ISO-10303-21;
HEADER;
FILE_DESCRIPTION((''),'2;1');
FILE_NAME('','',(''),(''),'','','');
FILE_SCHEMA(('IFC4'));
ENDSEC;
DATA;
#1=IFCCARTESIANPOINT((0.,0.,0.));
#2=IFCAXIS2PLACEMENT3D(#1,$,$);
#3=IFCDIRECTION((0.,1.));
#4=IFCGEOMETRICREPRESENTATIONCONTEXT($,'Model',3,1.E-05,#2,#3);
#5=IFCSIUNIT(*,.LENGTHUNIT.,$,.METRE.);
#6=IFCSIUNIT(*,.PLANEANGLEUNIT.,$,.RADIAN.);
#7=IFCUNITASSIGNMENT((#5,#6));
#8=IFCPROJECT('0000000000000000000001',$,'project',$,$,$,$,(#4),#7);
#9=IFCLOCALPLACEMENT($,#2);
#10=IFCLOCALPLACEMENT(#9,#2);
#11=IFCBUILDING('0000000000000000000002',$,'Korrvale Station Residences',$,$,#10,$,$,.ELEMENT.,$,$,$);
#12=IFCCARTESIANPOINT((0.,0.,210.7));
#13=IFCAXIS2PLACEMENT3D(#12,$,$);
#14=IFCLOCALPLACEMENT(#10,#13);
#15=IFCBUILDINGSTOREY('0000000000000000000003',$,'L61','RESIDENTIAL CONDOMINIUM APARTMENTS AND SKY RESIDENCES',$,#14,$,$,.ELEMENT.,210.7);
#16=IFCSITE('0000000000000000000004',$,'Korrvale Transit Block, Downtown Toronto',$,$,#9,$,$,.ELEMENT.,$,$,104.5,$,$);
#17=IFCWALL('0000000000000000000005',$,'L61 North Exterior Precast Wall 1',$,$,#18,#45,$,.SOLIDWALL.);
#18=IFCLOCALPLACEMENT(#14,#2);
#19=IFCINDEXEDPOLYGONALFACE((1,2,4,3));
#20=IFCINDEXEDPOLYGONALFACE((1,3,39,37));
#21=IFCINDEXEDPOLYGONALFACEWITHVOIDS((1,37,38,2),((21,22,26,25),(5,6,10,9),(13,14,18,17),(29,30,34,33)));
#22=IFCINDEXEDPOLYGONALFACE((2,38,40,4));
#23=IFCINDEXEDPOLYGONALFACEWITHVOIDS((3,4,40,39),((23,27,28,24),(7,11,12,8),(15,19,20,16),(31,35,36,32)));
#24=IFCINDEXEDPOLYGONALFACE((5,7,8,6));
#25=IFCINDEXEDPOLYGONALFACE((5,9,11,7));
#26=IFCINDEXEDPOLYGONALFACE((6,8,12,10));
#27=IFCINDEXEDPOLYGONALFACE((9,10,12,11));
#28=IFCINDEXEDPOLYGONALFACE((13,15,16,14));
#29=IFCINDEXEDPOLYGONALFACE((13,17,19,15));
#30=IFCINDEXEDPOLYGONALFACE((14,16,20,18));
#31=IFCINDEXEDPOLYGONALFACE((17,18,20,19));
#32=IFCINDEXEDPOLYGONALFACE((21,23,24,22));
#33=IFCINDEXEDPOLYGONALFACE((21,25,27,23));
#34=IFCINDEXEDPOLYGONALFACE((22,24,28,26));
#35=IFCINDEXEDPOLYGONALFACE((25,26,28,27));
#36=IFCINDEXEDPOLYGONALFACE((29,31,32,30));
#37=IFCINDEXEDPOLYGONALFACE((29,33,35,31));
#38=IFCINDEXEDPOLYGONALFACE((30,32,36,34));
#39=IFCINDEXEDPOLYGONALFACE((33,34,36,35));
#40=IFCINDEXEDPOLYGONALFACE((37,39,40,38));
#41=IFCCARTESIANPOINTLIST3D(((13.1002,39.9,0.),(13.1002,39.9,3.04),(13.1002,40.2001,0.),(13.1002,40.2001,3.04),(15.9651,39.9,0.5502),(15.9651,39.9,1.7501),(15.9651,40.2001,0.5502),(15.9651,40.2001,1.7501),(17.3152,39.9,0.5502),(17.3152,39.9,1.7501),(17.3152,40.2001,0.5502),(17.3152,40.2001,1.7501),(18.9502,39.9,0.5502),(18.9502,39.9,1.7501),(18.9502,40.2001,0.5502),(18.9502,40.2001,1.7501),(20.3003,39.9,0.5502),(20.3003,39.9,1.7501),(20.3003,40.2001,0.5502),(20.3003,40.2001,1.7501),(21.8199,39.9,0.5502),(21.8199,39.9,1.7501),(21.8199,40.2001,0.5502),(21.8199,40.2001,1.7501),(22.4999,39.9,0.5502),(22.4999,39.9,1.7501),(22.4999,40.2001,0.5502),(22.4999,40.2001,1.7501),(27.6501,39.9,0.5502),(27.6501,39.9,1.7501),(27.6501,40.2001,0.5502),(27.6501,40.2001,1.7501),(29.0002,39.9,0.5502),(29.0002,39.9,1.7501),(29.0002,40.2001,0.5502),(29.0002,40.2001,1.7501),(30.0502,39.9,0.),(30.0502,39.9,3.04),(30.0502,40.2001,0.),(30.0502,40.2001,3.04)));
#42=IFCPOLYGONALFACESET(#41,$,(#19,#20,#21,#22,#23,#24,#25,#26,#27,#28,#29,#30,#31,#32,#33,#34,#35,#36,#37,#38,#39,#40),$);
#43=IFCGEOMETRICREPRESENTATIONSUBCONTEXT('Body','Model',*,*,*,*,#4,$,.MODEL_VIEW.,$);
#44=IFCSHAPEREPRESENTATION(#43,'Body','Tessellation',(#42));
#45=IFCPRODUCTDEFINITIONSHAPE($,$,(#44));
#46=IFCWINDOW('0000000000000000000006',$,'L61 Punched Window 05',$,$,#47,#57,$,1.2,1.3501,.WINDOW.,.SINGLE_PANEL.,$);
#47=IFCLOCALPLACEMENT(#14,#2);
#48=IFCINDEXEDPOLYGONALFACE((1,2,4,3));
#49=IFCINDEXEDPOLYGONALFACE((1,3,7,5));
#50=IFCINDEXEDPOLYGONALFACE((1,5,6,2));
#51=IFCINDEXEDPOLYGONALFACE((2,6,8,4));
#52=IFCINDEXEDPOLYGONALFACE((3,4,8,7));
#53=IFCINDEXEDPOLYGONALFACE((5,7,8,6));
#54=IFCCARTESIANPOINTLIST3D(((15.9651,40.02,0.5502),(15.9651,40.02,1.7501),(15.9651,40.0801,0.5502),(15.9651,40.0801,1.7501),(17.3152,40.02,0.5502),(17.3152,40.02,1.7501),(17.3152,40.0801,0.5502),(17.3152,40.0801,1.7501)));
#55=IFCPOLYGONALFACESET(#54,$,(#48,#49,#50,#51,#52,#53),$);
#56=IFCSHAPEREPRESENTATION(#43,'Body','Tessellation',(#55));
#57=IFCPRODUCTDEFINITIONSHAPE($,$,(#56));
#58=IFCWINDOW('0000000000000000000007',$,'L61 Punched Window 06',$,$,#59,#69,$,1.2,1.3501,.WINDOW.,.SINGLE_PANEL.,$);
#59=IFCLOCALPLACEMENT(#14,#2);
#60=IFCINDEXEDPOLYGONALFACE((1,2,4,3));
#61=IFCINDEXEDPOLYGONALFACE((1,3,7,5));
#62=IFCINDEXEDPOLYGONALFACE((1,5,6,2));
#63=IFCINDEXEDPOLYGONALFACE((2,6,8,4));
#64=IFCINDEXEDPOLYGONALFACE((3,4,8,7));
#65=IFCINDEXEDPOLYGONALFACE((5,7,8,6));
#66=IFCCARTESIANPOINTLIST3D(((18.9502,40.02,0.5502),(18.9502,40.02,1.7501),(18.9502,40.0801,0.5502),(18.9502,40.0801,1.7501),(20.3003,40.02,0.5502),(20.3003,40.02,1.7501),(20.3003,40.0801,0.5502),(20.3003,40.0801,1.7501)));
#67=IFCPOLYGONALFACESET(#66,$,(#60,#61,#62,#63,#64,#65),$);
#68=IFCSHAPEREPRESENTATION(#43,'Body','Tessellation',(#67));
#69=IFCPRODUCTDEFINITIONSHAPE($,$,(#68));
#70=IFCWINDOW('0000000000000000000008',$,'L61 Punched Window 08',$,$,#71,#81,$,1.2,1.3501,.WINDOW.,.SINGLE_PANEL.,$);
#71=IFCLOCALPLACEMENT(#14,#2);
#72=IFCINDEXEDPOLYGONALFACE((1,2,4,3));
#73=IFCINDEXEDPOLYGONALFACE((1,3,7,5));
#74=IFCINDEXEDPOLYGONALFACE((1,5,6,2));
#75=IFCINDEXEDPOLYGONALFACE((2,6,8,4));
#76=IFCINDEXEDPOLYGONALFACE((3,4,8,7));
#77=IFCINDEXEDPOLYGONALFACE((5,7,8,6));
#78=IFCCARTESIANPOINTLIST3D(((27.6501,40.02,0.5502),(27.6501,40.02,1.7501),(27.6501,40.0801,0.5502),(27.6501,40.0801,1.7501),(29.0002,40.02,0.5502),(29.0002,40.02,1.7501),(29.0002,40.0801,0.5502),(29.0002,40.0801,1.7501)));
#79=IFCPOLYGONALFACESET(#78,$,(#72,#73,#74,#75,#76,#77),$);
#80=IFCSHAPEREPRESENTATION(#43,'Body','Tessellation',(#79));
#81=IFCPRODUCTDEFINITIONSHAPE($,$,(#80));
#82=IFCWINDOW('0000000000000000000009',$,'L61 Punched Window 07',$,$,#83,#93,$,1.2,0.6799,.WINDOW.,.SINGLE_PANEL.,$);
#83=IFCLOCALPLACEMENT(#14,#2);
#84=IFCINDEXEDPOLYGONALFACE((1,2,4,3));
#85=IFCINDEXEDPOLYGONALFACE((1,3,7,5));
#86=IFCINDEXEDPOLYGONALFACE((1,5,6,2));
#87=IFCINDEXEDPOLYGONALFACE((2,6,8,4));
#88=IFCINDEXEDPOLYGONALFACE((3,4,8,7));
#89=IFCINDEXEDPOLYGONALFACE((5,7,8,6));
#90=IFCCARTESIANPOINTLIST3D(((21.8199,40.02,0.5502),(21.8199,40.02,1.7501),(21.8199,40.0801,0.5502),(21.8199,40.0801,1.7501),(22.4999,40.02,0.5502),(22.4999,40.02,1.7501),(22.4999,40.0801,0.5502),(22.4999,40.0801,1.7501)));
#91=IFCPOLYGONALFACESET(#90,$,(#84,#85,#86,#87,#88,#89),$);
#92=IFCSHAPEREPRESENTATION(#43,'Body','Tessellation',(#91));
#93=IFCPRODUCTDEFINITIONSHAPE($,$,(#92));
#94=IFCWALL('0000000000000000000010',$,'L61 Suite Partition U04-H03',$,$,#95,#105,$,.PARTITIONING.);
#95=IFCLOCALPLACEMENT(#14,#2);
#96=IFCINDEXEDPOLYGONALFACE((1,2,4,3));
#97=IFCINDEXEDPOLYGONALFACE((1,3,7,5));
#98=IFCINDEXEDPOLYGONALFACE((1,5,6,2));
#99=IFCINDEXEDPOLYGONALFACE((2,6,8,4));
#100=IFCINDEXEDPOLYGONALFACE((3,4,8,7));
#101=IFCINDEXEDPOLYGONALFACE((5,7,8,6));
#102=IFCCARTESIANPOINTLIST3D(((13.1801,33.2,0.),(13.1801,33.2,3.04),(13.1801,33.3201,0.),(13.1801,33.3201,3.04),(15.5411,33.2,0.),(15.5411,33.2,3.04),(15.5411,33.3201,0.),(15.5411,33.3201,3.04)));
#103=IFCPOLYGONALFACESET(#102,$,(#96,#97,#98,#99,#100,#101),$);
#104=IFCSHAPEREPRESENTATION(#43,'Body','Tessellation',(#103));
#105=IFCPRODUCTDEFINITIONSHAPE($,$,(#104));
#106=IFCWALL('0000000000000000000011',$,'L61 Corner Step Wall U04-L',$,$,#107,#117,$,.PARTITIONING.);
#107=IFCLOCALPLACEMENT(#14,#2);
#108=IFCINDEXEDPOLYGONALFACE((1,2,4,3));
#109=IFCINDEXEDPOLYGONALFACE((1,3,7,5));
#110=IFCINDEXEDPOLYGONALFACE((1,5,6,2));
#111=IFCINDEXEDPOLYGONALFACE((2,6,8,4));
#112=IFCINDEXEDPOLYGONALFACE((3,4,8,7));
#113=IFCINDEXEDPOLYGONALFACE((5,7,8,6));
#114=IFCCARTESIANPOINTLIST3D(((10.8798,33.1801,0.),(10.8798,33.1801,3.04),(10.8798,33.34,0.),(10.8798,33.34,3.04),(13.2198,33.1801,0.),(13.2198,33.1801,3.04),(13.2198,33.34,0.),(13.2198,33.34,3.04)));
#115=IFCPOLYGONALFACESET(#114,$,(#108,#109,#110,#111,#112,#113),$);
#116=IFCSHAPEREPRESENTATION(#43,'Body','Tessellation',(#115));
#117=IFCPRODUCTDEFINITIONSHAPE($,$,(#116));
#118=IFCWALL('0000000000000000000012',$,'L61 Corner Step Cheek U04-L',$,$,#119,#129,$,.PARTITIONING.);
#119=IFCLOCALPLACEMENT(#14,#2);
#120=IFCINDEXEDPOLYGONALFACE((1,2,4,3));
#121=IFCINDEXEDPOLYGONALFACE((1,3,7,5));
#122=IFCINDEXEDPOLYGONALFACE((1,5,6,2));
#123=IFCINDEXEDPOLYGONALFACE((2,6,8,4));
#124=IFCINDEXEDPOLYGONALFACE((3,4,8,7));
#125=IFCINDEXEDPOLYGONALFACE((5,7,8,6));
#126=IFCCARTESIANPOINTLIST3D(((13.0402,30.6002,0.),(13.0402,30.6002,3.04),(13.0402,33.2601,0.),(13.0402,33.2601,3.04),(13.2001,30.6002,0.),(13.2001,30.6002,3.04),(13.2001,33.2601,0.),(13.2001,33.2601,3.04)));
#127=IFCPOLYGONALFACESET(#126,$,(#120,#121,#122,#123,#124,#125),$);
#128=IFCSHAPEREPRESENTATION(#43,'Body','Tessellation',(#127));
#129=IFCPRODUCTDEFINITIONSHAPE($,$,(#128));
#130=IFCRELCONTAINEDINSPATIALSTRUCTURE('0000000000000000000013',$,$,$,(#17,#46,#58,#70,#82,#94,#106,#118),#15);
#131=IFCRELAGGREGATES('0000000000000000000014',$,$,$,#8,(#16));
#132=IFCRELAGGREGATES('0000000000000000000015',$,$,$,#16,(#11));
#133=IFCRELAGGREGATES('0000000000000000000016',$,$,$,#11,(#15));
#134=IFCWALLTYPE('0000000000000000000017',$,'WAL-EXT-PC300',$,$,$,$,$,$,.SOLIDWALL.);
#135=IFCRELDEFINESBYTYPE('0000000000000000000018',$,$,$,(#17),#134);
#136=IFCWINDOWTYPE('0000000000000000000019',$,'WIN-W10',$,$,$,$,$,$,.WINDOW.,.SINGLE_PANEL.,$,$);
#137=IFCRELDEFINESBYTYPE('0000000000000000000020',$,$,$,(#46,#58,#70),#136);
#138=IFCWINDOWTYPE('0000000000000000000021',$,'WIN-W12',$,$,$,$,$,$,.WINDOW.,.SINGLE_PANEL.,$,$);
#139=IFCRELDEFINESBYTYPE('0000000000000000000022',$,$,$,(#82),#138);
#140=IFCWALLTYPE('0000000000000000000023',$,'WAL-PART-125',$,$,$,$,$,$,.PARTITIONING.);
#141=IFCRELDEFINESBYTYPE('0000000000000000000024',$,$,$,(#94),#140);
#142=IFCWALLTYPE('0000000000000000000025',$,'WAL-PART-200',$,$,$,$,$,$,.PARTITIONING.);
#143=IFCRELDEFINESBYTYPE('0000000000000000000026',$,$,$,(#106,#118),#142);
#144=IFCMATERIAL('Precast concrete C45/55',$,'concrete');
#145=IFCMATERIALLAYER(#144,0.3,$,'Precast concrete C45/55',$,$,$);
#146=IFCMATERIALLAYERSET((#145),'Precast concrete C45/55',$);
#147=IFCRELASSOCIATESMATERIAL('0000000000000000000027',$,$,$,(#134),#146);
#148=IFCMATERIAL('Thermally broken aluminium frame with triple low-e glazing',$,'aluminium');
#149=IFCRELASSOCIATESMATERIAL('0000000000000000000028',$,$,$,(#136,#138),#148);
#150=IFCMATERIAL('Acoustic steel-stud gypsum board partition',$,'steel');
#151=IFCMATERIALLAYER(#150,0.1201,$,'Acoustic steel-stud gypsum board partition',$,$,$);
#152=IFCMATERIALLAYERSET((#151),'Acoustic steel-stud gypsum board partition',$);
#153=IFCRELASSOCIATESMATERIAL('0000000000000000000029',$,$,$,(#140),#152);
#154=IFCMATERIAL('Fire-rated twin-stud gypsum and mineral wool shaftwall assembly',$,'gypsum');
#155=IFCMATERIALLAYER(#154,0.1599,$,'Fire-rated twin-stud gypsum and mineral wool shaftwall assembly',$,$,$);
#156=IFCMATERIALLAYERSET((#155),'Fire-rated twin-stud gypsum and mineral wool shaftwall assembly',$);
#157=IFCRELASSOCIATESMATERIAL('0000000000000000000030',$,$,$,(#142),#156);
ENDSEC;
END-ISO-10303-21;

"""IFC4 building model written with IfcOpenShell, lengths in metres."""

from ifc_helpers import new_model, si_unit, direction, frame, frame_2d, origin, place, context, subcontext, project, spatial, rectangle, extrude, material, layer, layer_set, type_object, element, fill, save


model = new_model("IFC4")

# Units and contexts
model_context = context("Model", 3, precision=1e-05, world=origin(), true_north=direction((0.0, 1.0)))
body_context = subcontext(model_context, "Body", "Model", "MODEL_VIEW")
ifc_project = project(units=[si_unit("LENGTHUNIT", "METRE"), si_unit("PLANEANGLEUNIT", "RADIAN")], contexts=[model_context])

# Site, building, storey
site_placement = place(None, origin())
site = spatial("IfcSite", under=ifc_project, at=site_placement, Name="Korrvale Transit Block, Downtown Toronto", CompositionType="ELEMENT", RefElevation=104.5)
building_placement = place(site_placement, origin())
building = spatial("IfcBuilding", under=site, at=building_placement, Name="Korrvale Station Residences", CompositionType="ELEMENT")
storey_placement = place(building_placement, frame((0.0, 0.0, 210.7)))
storey = spatial("IfcBuildingStorey", under=building, at=storey_placement, Name="L61", Description="RESIDENTIAL CONDOMINIUM APARTMENTS AND SKY RESIDENCES", CompositionType="ELEMENT", Elevation=210.7)

# Shared definitions
ifc_material_1 = material(Name="Precast concrete C45/55", Category="concrete")

# Wall, openings, windows
ifc_layer_1 = layer(ifc_material_1, 0.3, Name="Precast concrete C45/55")
ifc_layer_set_1 = layer_set([ifc_layer_1], Name="Precast concrete C45/55")
wall_type_1 = type_object("IfcWallType", Name="WAL-EXT-PC300", PredefinedType="SOLIDWALL", material=ifc_layer_set_1)
wall_1_placement = place(storey_placement, frame((13.1001, 40.05, 0.0), z_axis=(0.0, 0.0, 1.0), x_axis=(1.0, 0.0, 0.0)))
wall_1 = element("IfcWall", 1, at=wall_1_placement, inside=storey, type_object=wall_type_1, Name="L61 North Exterior Precast Wall 1", PredefinedType="SOLIDWALL", context=body_context, shape_type="SweptSolid", body=[
    extrude(rectangle(XDim=16.95, YDim=0.3, at=frame_2d((8.4751, 0.0))), origin(), (0.0, 0.0, 1.0), 3.04),
])
opening_1_placement = place(wall_1_placement, frame((2.865, 0.0, 0.55)))
opening_1 = element("IfcOpeningElement", 2, at=opening_1_placement, cuts=wall_1, PredefinedType="OPENING", context=body_context, shape_type="SweptSolid", body=[
    extrude(rectangle(XDim=1.3501, YDim=1.2, at=frame_2d((0.675, 0.6001))), frame((0.0, 0.1602, 0.0), z_axis=(0.0, -1.0, 0.0), x_axis=(1.0, 0.0, 0.0)), (0.0, 0.0, 1.0), 0.3201),
])
opening_2_placement = place(wall_1_placement, frame((5.8501, 0.0, 0.55)))
opening_2 = element("IfcOpeningElement", 3, at=opening_2_placement, cuts=wall_1, PredefinedType="OPENING", context=body_context, shape_type="SweptSolid", body=[
    extrude(rectangle(XDim=1.3501, YDim=1.2, at=frame_2d((0.675, 0.6001))), frame((0.0, 0.1602, 0.0), z_axis=(0.0, -1.0, 0.0), x_axis=(1.0, 0.0, 0.0)), (0.0, 0.0, 1.0), 0.3201),
])
opening_3_placement = place(wall_1_placement, frame((8.72, 0.0, 0.55)))
opening_3 = element("IfcOpeningElement", 4, at=opening_3_placement, cuts=wall_1, PredefinedType="OPENING", context=body_context, shape_type="SweptSolid", body=[
    extrude(rectangle(XDim=0.6799, YDim=1.2, at=frame_2d((0.3398, 0.6001))), frame((0.0, 0.1602, 0.0), z_axis=(0.0, -1.0, 0.0), x_axis=(1.0, 0.0, 0.0)), (0.0, 0.0, 1.0), 0.3201),
])
opening_4_placement = place(wall_1_placement, frame((14.55, 0.0, 0.55)))
opening_4 = element("IfcOpeningElement", 5, at=opening_4_placement, cuts=wall_1, PredefinedType="OPENING", context=body_context, shape_type="SweptSolid", body=[
    extrude(rectangle(XDim=1.3501, YDim=1.2, at=frame_2d((0.675, 0.6001))), frame((0.0, 0.1602, 0.0), z_axis=(0.0, -1.0, 0.0), x_axis=(1.0, 0.0, 0.0)), (0.0, 0.0, 1.0), 0.3201),
])
ifc_material_2 = material(Name="Thermally broken aluminium frame with triple low-e glazing", Category="aluminium")
window_type_1 = type_object("IfcWindowType", Name="WIN-W10", PartitioningType="SINGLE_PANEL", PredefinedType="WINDOW", material=ifc_material_2)
window_1_placement = place(opening_1_placement, origin())
window_1 = element("IfcWindow", 6, at=window_1_placement, inside=storey, type_object=window_type_1, Name="L61 Punched Window 05", OverallHeight=1.2, OverallWidth=1.3501, PartitioningType="SINGLE_PANEL", PredefinedType="WINDOW", context=body_context, shape_type="SweptSolid", body=[
    extrude(rectangle(XDim=1.3501, YDim=1.2, at=frame_2d((0.675, 0.6001))), frame((0.0, 0.03, 0.0), z_axis=(0.0, -1.0, 0.0), x_axis=(1.0, 0.0, 0.0)), (0.0, 0.0, 1.0), 0.0601),
])
fill(opening_1, window_1)
window_2_placement = place(opening_2_placement, origin())
window_2 = element("IfcWindow", 7, at=window_2_placement, inside=storey, type_object=window_type_1, Name="L61 Punched Window 06", OverallHeight=1.2, OverallWidth=1.3501, PartitioningType="SINGLE_PANEL", PredefinedType="WINDOW", context=body_context, shape_type="SweptSolid", body=[
    extrude(rectangle(XDim=1.3501, YDim=1.2, at=frame_2d((0.675, 0.6001))), frame((0.0, 0.03, 0.0), z_axis=(0.0, -1.0, 0.0), x_axis=(1.0, 0.0, 0.0)), (0.0, 0.0, 1.0), 0.0601),
])
fill(opening_2, window_2)
window_3_placement = place(opening_4_placement, origin())
window_3 = element("IfcWindow", 8, at=window_3_placement, inside=storey, type_object=window_type_1, Name="L61 Punched Window 08", OverallHeight=1.2, OverallWidth=1.3501, PartitioningType="SINGLE_PANEL", PredefinedType="WINDOW", context=body_context, shape_type="SweptSolid", body=[
    extrude(rectangle(XDim=1.3501, YDim=1.2, at=frame_2d((0.675, 0.6001))), frame((0.0, 0.03, 0.0), z_axis=(0.0, -1.0, 0.0), x_axis=(1.0, 0.0, 0.0)), (0.0, 0.0, 1.0), 0.0601),
])
fill(opening_4, window_3)
window_type_2 = type_object("IfcWindowType", Name="WIN-W12", PartitioningType="SINGLE_PANEL", PredefinedType="WINDOW", material=ifc_material_2)
window_4_placement = place(opening_3_placement, origin())
window_4 = element("IfcWindow", 9, at=window_4_placement, inside=storey, type_object=window_type_2, Name="L61 Punched Window 07", OverallHeight=1.2, OverallWidth=0.6799, PartitioningType="SINGLE_PANEL", PredefinedType="WINDOW", context=body_context, shape_type="SweptSolid", body=[
    extrude(rectangle(XDim=0.6799, YDim=1.2, at=frame_2d((0.3398, 0.6001))), frame((0.0, 0.03, 0.0), z_axis=(0.0, -1.0, 0.0), x_axis=(1.0, 0.0, 0.0)), (0.0, 0.0, 1.0), 0.0601),
])
fill(opening_3, window_4)

# Walls
ifc_material_3 = material(Name="Acoustic steel-stud gypsum board partition", Category="steel")
ifc_layer_2 = layer(ifc_material_3, 0.1201, Name="Acoustic steel-stud gypsum board partition")
ifc_layer_set_2 = layer_set([ifc_layer_2], Name="Acoustic steel-stud gypsum board partition")
wall_type_2 = type_object("IfcWallType", Name="WAL-PART-125", PredefinedType="PARTITIONING", material=ifc_layer_set_2)
wall_2_placement = place(storey_placement, frame((13.1799, 33.26, 0.0), z_axis=(0.0, 0.0, 1.0), x_axis=(1.0, 0.0, 0.0)))
element("IfcWall", 10, at=wall_2_placement, inside=storey, type_object=wall_type_2, Name="L61 Suite Partition U04-H03", PredefinedType="PARTITIONING", context=body_context, shape_type="SweptSolid", body=[
    extrude(rectangle(XDim=2.3611, YDim=0.1201, at=frame_2d((1.1807, 0.0))), origin(), (0.0, 0.0, 1.0), 3.04),
])
ifc_material_4 = material(Name="Fire-rated twin-stud gypsum and mineral wool shaftwall assembly", Category="gypsum")
ifc_layer_3 = layer(ifc_material_4, 0.1599, Name="Fire-rated twin-stud gypsum and mineral wool shaftwall assembly")
ifc_layer_set_3 = layer_set([ifc_layer_3], Name="Fire-rated twin-stud gypsum and mineral wool shaftwall assembly")
wall_type_3 = type_object("IfcWallType", Name="WAL-PART-200", PredefinedType="PARTITIONING", material=ifc_layer_set_3)
wall_3_placement = place(storey_placement, frame((10.8799, 33.26, 0.0), z_axis=(0.0, 0.0, 1.0), x_axis=(1.0, 0.0, 0.0)))
element("IfcWall", 11, at=wall_3_placement, inside=storey, type_object=wall_type_3, Name="L61 Corner Step Wall U04-L", PredefinedType="PARTITIONING", context=body_context, shape_type="SweptSolid", body=[
    extrude(rectangle(XDim=2.3401, YDim=0.1599, at=frame_2d((1.1699, 0.0))), origin(), (0.0, 0.0, 1.0), 3.04),
])
wall_4_placement = place(storey_placement, frame((13.1201, 30.6001, 0.0), z_axis=(0.0, 0.0, 1.0), x_axis=(0.0, 1.0, 0.0)))
element("IfcWall", 12, at=wall_4_placement, inside=storey, type_object=wall_type_3, Name="L61 Corner Step Cheek U04-L", PredefinedType="PARTITIONING", context=body_context, shape_type="SweptSolid", body=[
    extrude(rectangle(XDim=2.6599, YDim=0.1599, at=frame_2d((1.3301, 0.0))), origin(), (0.0, 0.0, 1.0), 3.04),
])

save(model, "model.ifc")
